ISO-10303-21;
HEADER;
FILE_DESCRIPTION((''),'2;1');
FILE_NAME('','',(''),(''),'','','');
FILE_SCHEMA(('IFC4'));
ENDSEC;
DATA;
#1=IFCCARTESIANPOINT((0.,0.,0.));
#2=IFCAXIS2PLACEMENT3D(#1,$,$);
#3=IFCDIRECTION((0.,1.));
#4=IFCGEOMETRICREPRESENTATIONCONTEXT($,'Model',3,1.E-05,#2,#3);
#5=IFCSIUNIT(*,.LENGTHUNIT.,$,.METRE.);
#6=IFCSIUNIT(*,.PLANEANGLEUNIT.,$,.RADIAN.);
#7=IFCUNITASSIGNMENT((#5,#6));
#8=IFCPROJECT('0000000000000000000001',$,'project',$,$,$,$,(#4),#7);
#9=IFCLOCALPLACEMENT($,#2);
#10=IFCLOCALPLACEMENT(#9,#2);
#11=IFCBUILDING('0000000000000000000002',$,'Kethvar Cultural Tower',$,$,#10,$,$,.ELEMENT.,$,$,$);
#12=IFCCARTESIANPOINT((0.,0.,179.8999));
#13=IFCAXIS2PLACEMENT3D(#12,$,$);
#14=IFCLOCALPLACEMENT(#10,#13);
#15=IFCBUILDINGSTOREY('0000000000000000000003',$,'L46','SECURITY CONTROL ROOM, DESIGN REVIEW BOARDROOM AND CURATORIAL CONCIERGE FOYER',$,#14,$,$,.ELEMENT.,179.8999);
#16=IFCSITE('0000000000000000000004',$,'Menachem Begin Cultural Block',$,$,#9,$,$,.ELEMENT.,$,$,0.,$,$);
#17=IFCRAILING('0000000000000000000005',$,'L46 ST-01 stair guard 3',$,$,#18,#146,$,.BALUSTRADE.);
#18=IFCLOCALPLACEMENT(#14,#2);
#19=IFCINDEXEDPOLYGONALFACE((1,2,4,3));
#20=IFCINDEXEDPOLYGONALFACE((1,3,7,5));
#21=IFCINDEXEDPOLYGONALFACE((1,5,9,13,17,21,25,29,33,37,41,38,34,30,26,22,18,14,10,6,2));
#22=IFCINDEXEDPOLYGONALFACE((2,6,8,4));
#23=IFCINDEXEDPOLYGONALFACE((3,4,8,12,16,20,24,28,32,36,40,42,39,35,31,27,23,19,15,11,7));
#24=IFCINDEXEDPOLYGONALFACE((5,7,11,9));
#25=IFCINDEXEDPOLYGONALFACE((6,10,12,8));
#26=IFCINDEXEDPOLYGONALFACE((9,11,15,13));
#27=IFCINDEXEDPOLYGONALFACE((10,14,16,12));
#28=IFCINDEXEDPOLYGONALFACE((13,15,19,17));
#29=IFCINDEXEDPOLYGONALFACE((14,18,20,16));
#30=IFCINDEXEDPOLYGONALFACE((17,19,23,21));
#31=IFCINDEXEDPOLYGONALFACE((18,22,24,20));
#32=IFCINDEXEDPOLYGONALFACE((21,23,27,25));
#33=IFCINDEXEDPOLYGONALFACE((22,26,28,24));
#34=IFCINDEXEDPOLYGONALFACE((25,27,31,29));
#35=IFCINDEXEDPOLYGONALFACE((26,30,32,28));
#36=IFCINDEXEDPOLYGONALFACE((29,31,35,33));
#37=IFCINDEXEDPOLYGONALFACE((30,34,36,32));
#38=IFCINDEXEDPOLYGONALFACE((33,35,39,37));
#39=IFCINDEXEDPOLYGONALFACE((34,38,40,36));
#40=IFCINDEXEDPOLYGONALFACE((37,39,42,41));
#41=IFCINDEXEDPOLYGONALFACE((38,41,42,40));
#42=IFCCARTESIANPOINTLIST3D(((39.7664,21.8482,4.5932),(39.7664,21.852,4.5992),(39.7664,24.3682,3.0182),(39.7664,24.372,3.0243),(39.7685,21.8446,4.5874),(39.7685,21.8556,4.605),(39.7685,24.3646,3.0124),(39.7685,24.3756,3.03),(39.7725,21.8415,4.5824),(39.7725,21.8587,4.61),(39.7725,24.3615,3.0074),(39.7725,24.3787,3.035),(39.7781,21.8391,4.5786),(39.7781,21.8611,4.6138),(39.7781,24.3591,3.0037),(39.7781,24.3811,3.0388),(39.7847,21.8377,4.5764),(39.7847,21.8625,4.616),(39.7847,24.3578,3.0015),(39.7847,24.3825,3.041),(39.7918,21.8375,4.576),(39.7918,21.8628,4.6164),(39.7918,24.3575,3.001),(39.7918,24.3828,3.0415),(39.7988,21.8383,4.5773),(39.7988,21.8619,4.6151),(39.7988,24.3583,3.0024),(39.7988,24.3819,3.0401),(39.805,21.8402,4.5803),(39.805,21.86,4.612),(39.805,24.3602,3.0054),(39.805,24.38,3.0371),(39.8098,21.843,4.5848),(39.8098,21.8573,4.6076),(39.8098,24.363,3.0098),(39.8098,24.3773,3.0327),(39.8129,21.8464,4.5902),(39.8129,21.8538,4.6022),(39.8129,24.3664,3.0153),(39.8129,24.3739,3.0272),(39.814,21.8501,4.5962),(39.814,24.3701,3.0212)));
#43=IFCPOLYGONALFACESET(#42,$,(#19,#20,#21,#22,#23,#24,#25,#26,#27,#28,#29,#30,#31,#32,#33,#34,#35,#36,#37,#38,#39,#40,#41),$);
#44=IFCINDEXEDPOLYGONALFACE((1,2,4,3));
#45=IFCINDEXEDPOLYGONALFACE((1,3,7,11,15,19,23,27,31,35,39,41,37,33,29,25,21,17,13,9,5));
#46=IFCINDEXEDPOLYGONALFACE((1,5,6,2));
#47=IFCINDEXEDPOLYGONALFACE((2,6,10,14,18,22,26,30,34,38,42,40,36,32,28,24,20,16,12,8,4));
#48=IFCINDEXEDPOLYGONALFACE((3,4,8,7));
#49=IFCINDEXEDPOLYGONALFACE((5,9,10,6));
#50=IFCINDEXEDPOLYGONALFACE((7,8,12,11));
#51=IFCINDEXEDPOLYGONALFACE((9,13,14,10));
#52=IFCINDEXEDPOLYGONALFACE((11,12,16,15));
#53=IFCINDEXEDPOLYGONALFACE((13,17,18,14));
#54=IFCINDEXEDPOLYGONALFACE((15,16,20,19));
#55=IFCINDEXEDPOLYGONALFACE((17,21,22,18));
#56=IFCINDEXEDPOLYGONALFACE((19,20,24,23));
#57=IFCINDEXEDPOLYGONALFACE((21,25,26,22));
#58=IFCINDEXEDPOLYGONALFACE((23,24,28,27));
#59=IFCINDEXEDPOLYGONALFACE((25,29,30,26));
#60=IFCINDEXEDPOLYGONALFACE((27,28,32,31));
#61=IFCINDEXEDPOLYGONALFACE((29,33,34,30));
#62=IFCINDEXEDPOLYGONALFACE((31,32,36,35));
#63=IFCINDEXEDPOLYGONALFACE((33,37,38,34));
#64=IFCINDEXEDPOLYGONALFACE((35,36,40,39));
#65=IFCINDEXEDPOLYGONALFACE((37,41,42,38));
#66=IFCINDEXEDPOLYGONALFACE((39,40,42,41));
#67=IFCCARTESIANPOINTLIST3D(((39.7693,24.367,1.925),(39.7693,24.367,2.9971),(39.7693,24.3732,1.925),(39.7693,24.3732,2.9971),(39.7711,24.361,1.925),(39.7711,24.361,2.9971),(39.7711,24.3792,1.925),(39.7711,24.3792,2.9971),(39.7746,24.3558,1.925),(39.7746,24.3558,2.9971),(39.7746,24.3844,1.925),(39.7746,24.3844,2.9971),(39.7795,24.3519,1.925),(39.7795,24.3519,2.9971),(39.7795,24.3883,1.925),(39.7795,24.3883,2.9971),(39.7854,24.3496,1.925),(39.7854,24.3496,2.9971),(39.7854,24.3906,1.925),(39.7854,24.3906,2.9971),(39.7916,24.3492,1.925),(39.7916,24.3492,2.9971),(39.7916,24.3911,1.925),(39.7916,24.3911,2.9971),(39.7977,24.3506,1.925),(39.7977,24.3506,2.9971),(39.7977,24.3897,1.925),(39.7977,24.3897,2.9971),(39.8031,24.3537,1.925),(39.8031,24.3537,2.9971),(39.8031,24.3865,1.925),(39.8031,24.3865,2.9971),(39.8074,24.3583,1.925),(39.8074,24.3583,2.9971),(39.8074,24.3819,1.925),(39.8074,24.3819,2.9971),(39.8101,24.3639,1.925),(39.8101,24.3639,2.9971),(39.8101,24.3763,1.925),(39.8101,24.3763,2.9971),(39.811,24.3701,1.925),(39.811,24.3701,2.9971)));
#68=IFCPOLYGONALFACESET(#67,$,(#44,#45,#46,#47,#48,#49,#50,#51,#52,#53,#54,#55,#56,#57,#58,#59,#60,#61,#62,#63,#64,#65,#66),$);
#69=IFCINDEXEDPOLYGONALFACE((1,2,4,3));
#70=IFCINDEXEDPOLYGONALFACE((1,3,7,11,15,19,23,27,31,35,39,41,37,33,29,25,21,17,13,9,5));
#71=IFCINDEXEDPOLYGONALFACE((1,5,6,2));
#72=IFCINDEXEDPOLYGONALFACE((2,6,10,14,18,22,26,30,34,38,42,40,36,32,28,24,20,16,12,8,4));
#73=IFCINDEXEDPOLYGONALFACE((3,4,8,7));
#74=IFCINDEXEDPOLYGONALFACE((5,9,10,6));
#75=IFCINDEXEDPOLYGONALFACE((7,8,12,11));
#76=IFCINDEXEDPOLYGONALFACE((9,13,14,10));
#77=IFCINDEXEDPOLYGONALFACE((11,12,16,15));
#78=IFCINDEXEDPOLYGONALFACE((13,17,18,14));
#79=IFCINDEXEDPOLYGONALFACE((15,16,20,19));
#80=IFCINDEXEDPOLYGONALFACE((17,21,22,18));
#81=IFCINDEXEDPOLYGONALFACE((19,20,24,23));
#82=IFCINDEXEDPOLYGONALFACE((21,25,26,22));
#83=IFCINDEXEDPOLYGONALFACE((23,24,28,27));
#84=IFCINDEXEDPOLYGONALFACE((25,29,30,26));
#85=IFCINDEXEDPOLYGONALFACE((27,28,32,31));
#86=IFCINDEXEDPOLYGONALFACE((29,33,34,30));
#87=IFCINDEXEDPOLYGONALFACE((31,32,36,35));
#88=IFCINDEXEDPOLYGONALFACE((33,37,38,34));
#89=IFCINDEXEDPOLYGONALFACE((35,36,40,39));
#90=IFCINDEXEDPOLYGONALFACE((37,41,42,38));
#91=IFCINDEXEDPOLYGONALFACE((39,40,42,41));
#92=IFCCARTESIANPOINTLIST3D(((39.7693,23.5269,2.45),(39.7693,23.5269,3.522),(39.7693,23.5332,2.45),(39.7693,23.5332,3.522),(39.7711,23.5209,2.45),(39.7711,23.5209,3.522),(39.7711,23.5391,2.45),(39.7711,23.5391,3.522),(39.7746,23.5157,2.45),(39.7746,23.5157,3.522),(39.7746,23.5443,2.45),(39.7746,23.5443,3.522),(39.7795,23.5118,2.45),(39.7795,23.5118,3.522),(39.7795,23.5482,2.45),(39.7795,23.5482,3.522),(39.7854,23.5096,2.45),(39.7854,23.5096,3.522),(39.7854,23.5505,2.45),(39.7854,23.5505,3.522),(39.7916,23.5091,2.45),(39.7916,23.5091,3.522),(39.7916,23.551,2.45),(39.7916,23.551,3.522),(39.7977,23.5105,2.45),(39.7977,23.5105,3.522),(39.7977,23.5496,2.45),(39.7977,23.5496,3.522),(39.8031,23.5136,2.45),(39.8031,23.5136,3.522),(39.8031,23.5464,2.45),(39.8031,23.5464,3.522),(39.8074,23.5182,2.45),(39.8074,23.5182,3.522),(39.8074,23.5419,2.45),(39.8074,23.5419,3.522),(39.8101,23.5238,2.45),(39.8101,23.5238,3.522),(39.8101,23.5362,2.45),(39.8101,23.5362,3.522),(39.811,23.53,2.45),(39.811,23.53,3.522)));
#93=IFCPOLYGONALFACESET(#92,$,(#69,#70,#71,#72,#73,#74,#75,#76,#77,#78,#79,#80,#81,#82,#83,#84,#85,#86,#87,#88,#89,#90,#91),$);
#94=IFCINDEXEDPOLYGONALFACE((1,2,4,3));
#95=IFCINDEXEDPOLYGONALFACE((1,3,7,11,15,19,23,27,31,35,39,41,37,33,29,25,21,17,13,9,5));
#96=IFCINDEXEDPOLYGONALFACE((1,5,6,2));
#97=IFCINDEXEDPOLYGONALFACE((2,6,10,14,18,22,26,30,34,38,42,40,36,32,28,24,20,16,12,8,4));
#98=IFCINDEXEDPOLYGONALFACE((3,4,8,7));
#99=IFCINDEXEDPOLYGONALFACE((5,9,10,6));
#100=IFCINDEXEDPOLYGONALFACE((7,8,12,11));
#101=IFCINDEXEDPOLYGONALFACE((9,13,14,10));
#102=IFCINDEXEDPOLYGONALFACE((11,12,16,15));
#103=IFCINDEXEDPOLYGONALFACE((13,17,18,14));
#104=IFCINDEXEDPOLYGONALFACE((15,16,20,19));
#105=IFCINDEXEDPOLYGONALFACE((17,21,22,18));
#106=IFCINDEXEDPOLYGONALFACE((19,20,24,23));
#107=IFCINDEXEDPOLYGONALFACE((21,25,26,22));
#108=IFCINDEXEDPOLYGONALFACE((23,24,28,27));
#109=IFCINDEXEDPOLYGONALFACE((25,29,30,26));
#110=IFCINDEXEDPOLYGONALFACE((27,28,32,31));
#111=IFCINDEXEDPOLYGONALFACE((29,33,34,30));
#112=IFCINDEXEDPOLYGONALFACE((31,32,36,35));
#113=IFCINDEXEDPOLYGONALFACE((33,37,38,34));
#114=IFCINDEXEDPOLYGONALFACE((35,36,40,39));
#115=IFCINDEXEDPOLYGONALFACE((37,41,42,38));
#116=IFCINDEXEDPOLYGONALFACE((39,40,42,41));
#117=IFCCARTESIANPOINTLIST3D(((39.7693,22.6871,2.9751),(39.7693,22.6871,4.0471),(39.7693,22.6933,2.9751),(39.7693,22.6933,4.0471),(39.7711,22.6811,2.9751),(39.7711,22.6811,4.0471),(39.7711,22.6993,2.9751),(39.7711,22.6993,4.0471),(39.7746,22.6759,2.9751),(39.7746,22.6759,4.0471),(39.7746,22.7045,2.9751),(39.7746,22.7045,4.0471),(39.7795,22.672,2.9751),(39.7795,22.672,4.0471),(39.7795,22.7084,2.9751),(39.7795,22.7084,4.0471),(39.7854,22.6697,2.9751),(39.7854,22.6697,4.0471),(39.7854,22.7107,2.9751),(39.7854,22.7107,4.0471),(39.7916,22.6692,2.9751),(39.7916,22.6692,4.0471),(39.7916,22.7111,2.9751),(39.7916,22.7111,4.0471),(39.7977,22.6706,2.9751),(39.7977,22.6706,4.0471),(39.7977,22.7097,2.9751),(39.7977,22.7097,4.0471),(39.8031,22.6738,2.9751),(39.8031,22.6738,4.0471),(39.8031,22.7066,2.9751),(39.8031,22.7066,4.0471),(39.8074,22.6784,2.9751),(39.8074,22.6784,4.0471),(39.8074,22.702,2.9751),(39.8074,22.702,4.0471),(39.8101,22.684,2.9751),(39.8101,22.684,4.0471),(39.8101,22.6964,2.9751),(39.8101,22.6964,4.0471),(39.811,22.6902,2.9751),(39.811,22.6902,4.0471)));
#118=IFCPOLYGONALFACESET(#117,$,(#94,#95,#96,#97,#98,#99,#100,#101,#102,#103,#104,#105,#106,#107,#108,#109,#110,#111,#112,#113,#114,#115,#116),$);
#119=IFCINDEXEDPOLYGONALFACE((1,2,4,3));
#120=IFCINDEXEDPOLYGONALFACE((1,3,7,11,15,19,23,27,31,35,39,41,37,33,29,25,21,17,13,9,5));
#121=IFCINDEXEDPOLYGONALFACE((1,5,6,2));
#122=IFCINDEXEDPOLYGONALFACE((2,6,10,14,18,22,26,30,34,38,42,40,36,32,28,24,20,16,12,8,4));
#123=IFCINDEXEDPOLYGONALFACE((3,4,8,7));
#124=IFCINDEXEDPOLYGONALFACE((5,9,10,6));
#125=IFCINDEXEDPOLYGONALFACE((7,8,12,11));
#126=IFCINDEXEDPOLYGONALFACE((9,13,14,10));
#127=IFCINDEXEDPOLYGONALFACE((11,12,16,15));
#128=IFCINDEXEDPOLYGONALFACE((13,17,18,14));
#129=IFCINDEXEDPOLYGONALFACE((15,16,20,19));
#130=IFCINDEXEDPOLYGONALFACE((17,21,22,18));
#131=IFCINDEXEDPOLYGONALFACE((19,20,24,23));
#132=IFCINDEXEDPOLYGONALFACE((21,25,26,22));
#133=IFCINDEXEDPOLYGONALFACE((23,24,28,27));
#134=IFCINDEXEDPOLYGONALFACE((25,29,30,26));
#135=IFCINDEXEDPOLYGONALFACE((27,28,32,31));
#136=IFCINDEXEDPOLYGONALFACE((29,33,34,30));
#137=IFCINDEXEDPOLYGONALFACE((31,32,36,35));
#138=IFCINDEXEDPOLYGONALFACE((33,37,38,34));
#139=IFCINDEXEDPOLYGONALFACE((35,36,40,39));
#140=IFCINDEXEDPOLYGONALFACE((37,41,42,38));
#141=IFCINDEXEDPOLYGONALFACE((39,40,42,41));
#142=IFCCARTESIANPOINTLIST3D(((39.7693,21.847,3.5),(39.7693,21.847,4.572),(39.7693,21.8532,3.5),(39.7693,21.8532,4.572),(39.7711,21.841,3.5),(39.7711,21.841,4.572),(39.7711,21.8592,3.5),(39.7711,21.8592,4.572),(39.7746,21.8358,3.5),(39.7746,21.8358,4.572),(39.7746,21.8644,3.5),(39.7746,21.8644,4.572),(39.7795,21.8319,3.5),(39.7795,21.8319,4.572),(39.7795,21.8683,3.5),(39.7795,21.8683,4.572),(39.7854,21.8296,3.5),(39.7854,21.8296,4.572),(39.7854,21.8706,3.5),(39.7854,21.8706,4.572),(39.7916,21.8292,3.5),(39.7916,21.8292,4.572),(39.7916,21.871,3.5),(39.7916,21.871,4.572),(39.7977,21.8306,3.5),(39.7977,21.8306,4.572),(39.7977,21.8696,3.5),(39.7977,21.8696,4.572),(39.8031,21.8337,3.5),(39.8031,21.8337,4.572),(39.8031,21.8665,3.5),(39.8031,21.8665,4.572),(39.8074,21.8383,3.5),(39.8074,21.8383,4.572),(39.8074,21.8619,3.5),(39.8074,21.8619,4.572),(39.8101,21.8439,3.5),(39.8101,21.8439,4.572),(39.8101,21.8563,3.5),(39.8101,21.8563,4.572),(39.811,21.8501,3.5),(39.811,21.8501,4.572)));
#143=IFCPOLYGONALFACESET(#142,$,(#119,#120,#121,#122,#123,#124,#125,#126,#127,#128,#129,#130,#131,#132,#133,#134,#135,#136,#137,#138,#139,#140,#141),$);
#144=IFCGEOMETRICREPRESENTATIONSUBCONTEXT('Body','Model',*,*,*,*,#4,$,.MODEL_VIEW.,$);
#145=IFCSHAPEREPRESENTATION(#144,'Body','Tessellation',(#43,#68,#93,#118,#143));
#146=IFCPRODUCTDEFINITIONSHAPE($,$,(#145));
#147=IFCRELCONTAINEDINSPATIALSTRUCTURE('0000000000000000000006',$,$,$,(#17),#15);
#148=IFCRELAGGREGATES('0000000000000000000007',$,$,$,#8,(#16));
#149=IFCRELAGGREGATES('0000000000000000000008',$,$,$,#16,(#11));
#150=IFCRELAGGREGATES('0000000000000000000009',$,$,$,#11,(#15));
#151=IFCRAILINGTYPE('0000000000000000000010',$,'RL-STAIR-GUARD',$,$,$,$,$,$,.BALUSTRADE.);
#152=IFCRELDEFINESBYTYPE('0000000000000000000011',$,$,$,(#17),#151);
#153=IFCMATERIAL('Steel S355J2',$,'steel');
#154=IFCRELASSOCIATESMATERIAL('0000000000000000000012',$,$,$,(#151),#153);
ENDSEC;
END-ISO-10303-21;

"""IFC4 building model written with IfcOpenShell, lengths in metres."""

from ifc_helpers import new_model, si_unit, direction, frame, origin, origin_2d, place, context, subcontext, project, spatial, circle, extrude, material, type_object, element, save


model = new_model("IFC4")

# Units and contexts
model_context = context("Model", 3, precision=1e-05, world=origin(), true_north=direction((0.0, 1.0)))
body_context = subcontext(model_context, "Body", "Model", "MODEL_VIEW")
ifc_project = project(units=[si_unit("LENGTHUNIT", "METRE"), si_unit("PLANEANGLEUNIT", "RADIAN")], contexts=[model_context])

# Site, building, storey
site_placement = place(None, origin())
site = spatial("IfcSite", under=ifc_project, at=site_placement, Name="Menachem Begin Cultural Block", CompositionType="ELEMENT", RefElevation=0.0)
building_placement = place(site_placement, origin())
building = spatial("IfcBuilding", under=site, at=building_placement, Name="Kethvar Cultural Tower", CompositionType="ELEMENT")
storey_placement = place(building_placement, frame((0.0, 0.0, 179.8999)))
storey = spatial("IfcBuildingStorey", under=building, at=storey_placement, Name="L46", Description="SECURITY CONTROL ROOM, DESIGN REVIEW BOARDROOM AND CURATORIAL CONCIERGE FOYER", CompositionType="ELEMENT", Elevation=179.8999)

# Shared definitions
ifc_material_1 = material(Name="Steel S355J2", Category="steel")

# Railing
railing_type_1 = type_object("IfcRailingType", Name="RL-STAIR-GUARD", PredefinedType="BALUSTRADE", material=ifc_material_1)
railing_1_placement = place(storey_placement, frame((39.79, 24.3701, 1.925)))
element("IfcRailing", 1, at=railing_1_placement, inside=storey, type_object=railing_type_1, Name="L46 ST-01 stair guard 3", PredefinedType="BALUSTRADE", context=body_context, shape_type="SweptSolid", body=[
    extrude(circle(Radius=0.0239, at=origin_2d()), frame((0.0, 0.0, 1.0962), z_axis=(0.0, -0.848008, 0.529984), x_axis=(1.0, 0.0, 0.0)), (0.0, 0.0, 1.0), 2.9717),
    extrude(circle(Radius=0.021, at=origin_2d()), origin(), (0.0, 0.0, 1.0), 1.072),
    extrude(circle(Radius=0.021, at=origin_2d()), frame((0.0, -0.8401, 0.5249)), (0.0, 0.0, 1.0), 1.072),
    extrude(circle(Radius=0.021, at=origin_2d()), frame((0.0, -1.6799, 1.05)), (0.0, 0.0, 1.0), 1.072),
    extrude(circle(Radius=0.021, at=origin_2d()), frame((0.0, -2.52, 1.575)), (0.0, 0.0, 1.0), 1.072),
])

save(model, "model.ifc")
